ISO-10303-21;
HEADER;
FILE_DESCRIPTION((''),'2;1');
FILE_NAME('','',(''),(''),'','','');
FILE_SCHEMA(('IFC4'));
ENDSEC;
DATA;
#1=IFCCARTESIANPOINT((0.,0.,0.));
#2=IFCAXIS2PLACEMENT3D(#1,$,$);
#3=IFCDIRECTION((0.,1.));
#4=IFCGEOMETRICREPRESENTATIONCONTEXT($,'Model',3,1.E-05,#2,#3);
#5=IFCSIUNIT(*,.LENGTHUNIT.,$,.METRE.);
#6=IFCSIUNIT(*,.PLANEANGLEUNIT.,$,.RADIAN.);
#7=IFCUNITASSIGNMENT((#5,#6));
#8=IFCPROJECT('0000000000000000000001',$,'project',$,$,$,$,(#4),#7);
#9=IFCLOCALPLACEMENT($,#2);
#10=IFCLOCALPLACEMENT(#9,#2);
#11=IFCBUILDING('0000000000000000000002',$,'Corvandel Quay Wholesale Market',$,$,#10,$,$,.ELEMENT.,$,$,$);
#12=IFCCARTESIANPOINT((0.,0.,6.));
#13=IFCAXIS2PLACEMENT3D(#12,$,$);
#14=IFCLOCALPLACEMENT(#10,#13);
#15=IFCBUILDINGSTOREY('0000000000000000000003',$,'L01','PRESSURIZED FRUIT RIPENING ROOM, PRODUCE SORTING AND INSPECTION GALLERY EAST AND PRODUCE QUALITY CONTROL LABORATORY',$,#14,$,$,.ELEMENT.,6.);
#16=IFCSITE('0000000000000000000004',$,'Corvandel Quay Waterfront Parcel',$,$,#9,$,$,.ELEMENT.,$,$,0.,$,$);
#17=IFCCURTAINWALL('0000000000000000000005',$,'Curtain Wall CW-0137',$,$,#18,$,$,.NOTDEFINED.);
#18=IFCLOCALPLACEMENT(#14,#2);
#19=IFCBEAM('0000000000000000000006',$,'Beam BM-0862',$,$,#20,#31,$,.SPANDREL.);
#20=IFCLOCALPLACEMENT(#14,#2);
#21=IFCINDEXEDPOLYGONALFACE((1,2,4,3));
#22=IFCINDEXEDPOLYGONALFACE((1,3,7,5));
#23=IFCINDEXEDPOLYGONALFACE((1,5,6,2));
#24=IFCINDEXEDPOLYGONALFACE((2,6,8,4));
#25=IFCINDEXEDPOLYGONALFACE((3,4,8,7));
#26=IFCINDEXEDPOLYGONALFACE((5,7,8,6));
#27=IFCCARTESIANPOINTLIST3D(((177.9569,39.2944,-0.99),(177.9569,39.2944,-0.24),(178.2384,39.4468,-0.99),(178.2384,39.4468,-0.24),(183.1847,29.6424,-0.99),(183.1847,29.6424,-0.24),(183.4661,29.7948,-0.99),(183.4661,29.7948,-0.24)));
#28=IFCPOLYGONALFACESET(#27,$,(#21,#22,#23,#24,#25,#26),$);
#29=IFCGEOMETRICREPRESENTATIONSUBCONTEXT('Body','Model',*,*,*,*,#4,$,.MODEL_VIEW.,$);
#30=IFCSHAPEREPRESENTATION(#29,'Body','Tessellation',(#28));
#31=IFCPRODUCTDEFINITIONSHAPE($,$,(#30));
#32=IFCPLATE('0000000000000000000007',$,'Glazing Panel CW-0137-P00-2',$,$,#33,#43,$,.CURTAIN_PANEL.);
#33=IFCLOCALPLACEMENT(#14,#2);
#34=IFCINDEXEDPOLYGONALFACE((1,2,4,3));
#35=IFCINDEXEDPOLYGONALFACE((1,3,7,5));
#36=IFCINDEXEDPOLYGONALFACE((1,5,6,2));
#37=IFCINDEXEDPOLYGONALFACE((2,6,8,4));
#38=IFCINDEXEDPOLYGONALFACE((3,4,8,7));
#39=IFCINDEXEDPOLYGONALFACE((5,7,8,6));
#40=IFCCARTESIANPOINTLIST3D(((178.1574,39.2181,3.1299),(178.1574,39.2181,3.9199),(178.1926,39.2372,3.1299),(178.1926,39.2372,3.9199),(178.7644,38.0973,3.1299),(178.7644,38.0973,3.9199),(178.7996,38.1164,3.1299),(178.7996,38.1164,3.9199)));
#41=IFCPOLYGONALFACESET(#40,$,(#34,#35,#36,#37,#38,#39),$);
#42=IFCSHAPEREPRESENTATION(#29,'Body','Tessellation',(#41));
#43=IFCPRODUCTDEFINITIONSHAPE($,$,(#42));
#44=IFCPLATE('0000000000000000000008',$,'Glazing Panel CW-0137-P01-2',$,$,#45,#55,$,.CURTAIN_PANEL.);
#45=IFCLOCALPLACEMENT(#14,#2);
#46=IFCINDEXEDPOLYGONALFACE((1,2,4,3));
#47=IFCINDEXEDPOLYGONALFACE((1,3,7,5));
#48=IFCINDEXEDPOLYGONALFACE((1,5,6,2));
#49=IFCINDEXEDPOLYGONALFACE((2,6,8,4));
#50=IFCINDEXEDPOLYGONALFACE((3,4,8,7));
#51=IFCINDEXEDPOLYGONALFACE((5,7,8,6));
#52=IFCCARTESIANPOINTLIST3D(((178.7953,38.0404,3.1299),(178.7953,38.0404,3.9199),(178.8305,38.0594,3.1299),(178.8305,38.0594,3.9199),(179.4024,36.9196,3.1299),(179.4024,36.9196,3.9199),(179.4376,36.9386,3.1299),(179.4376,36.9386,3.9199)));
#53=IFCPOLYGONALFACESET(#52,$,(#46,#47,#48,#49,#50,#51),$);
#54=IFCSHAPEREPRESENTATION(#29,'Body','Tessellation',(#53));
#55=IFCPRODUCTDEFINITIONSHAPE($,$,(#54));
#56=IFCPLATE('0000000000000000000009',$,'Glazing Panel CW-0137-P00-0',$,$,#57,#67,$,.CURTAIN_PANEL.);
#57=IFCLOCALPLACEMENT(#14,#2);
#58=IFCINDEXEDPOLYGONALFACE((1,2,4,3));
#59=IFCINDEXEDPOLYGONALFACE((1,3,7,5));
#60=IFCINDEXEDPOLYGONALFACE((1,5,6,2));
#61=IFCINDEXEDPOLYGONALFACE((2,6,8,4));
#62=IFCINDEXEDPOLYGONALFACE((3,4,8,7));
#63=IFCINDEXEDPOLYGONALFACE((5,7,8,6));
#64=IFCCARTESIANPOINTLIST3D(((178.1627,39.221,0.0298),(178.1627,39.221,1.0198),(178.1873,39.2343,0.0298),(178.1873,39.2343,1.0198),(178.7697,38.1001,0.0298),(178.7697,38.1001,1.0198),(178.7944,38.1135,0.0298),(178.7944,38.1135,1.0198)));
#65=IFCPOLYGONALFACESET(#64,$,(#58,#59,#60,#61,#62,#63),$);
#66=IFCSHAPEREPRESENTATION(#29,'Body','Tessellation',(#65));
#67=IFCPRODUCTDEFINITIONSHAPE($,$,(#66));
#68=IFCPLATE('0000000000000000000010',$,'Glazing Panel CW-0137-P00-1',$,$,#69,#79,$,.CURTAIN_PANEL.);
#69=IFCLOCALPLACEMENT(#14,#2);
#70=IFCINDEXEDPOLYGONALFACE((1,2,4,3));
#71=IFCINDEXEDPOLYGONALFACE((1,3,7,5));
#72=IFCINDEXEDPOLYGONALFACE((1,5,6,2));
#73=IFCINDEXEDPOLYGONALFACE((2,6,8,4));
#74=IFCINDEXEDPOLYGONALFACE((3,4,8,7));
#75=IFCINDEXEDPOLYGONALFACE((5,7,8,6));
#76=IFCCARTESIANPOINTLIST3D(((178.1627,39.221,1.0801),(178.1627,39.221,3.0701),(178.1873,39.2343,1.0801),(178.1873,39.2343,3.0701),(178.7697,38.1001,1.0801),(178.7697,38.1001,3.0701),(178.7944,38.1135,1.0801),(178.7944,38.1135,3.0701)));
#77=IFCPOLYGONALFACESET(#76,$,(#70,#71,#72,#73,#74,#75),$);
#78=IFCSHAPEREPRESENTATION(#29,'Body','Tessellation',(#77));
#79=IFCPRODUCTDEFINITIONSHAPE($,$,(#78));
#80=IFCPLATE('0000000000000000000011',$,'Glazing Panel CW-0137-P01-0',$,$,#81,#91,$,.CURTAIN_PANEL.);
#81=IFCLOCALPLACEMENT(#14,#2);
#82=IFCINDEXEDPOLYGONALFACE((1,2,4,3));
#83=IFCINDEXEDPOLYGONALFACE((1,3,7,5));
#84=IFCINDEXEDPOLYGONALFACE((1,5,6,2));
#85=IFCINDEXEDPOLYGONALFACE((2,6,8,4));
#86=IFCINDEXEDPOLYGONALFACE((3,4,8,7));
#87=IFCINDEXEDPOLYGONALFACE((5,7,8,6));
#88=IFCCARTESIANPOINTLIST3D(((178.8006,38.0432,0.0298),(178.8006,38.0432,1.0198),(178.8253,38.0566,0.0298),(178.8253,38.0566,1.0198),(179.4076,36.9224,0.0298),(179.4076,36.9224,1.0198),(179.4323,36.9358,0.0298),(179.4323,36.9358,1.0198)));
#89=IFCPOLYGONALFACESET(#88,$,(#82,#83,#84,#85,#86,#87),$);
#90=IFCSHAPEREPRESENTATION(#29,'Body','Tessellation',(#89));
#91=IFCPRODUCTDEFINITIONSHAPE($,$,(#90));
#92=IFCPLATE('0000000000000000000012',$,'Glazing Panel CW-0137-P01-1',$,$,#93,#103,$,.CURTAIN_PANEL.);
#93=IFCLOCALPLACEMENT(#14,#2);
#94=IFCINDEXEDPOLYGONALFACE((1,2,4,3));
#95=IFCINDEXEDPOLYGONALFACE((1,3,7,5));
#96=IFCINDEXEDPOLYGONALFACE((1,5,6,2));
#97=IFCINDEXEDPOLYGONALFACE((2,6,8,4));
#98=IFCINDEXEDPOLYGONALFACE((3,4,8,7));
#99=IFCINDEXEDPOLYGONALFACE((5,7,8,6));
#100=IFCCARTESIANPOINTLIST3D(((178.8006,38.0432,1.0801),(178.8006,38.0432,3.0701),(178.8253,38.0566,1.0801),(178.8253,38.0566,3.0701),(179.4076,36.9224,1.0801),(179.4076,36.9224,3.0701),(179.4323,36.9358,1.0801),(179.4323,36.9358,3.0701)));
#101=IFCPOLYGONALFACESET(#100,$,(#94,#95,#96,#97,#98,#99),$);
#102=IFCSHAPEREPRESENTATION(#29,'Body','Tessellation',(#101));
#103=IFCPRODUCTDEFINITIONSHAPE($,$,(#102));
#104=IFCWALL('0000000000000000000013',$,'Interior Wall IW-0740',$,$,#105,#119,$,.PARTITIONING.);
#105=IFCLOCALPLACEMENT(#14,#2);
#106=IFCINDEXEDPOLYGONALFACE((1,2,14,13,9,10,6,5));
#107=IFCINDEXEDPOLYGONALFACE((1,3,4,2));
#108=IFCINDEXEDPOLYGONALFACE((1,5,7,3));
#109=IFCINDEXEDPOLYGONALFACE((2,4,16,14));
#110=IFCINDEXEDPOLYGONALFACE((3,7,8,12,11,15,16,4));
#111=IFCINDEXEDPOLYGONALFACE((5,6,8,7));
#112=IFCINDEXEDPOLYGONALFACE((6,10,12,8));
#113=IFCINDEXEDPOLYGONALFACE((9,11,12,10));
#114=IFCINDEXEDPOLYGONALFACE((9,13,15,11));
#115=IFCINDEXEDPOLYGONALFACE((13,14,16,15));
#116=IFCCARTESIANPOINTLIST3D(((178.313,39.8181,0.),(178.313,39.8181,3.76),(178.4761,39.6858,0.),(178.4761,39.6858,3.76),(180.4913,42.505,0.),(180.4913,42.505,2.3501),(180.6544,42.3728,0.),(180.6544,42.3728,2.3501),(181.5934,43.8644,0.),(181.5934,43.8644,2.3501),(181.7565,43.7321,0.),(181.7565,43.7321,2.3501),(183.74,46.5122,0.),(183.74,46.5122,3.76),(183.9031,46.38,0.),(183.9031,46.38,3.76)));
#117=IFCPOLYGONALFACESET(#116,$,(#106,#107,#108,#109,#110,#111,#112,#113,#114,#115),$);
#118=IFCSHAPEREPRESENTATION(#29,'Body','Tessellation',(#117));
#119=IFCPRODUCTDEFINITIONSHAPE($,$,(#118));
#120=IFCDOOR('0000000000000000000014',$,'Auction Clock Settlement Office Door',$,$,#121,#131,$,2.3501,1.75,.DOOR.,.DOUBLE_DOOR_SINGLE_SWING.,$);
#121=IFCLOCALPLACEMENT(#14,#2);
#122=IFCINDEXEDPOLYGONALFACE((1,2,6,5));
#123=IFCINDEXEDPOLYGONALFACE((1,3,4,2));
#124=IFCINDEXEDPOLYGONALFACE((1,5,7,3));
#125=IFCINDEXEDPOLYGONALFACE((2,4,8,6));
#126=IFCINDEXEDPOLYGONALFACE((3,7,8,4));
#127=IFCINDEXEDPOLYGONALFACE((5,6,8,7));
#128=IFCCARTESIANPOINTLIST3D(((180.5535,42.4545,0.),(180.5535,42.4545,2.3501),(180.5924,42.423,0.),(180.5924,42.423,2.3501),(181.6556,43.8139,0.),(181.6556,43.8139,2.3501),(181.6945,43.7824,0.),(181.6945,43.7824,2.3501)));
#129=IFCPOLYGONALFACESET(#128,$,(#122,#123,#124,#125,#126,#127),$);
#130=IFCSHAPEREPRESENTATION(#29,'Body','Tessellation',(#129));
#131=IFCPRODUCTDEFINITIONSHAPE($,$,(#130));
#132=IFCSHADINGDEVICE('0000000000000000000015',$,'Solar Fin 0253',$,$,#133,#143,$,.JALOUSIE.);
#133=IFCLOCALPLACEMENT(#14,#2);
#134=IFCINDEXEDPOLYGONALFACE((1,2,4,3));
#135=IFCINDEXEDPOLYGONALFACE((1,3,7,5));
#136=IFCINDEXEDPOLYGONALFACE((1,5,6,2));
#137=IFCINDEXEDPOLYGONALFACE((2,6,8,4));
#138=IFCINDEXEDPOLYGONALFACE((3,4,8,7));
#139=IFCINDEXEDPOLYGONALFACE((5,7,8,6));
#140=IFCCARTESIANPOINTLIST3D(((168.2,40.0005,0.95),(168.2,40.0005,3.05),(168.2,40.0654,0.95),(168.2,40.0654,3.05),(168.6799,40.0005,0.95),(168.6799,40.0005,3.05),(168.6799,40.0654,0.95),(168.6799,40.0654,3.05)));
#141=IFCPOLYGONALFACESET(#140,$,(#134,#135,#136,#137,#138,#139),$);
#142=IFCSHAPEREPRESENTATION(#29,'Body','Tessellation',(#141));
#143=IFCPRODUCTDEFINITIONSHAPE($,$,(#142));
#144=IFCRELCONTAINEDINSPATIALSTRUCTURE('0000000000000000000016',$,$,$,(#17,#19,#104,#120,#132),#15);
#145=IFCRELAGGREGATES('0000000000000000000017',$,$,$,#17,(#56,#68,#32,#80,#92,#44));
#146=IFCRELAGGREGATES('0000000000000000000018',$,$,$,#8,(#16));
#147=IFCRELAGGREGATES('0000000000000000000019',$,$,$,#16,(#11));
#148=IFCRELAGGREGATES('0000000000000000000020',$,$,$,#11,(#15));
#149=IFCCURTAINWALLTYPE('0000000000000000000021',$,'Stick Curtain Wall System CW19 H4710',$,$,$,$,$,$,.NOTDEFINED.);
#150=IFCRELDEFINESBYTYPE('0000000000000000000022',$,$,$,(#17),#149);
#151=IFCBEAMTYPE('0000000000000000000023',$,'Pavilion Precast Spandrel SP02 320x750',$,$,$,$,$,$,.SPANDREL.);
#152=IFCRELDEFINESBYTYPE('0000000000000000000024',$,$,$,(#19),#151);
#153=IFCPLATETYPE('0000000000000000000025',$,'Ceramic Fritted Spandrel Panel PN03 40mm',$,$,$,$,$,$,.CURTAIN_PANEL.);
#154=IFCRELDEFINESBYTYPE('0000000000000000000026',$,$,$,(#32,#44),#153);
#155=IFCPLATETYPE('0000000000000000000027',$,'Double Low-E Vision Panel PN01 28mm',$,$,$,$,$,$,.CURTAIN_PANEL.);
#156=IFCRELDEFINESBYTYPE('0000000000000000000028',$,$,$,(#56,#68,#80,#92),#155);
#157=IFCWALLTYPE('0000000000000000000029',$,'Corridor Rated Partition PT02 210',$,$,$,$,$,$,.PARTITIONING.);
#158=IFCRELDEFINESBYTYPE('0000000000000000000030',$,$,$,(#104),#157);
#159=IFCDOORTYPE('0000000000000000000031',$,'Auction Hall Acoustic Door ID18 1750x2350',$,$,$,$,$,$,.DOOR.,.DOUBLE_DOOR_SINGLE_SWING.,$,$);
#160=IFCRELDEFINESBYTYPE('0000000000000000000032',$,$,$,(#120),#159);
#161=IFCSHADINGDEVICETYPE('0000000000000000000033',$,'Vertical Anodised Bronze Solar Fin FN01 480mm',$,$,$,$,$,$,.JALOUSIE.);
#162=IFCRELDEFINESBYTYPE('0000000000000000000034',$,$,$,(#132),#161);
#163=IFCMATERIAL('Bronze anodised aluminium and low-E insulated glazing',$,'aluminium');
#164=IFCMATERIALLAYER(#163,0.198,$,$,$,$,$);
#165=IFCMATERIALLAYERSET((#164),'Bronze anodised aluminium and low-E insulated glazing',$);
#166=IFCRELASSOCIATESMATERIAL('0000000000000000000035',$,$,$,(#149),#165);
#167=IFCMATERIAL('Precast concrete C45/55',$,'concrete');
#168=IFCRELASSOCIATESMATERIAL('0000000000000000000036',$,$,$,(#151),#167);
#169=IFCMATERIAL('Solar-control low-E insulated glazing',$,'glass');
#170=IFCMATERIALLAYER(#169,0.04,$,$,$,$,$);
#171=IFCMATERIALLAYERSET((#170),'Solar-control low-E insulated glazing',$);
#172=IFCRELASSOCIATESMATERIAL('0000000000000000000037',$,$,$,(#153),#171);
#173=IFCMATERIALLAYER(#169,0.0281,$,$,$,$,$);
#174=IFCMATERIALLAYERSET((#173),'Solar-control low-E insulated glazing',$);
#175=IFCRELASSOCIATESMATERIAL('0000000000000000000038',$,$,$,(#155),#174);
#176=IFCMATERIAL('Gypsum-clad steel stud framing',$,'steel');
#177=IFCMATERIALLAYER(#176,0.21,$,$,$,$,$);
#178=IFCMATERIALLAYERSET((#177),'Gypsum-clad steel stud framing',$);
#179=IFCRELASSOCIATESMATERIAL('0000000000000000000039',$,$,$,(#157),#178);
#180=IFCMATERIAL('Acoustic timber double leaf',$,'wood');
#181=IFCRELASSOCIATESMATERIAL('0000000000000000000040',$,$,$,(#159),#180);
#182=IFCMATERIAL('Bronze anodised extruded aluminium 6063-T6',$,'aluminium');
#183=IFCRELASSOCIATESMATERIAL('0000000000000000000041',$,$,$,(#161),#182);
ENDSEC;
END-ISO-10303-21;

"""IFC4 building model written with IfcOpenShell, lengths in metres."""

from ifc_helpers import new_model, si_unit, direction, frame, frame_2d, origin, origin_2d, place, context, subcontext, project, spatial, rectangle, extrude, material, layer, layer_set, material_profile, profile_set, type_object, element, fill, aggregate, save


model = new_model("IFC4")

# Units and contexts
model_context = context("Model", 3, precision=1e-05, world=origin(), true_north=direction((0.0, 1.0)))
body_context = subcontext(model_context, "Body", "Model", "MODEL_VIEW")
ifc_project = project(units=[si_unit("LENGTHUNIT", "METRE"), si_unit("PLANEANGLEUNIT", "RADIAN")], contexts=[model_context])

# Site, building, storey
site_placement = place(None, origin())
site = spatial("IfcSite", under=ifc_project, at=site_placement, Name="Corvandel Quay Waterfront Parcel", CompositionType="ELEMENT", RefElevation=0.0)
building_placement = place(site_placement, origin())
building = spatial("IfcBuilding", under=site, at=building_placement, Name="Corvandel Quay Wholesale Market", CompositionType="ELEMENT")
storey_placement = place(building_placement, frame((0.0, 0.0, 6.0)))
storey = spatial("IfcBuildingStorey", under=building, at=storey_placement, Name="L01", Description="PRESSURIZED FRUIT RIPENING ROOM, PRODUCE SORTING AND INSPECTION GALLERY EAST AND PRODUCE QUALITY CONTROL LABORATORY", CompositionType="ELEMENT", Elevation=6.0)

# Shared definitions
ifc_material_1 = material(Name="Precast concrete C45/55", Category="concrete")

# Curtain wall
ifc_material_2 = material(Name="Bronze anodised aluminium and low-E insulated glazing", Category="aluminium")
ifc_layer_1 = layer(ifc_material_2, 0.198)
ifc_layer_set_1 = layer_set([ifc_layer_1], Name="Bronze anodised aluminium and low-E insulated glazing")
curtain_wall_type = type_object("IfcCurtainWallType", Name="Stick Curtain Wall System CW19 H4710", PredefinedType="NOTDEFINED", material=ifc_layer_set_1)
curtain_wall_placement = place(storey_placement, origin())
curtain_wall = element("IfcCurtainWall", 1, at=curtain_wall_placement, inside=storey, type_object=curtain_wall_type, Name="Curtain Wall CW-0137", PredefinedType="NOTDEFINED")

# Beam
ifc_material_profile_1 = material_profile(ifc_material_1, rectangle(XDim=0.3201, YDim=0.75, at=origin_2d()), Name="PC-SPN-320x750")
ifc_profile_set_1 = profile_set([ifc_material_profile_1], Name="Precast concrete C45/55")
beam_type_1 = type_object("IfcBeamType", Name="Pavilion Precast Spandrel SP02 320x750", PredefinedType="SPANDREL", material=ifc_profile_set_1)
beam_1_placement = place(storey_placement, frame((178.0977, 39.3706, -0.615), z_axis=(0.476252, -0.879309, 0.0), x_axis=(0.879309, 0.476252, 0.0)))
element("IfcBeam", 2, at=beam_1_placement, inside=storey, type_object=beam_type_1, Name="Beam BM-0862", PredefinedType="SPANDREL", context=body_context, shape_type="SweptSolid", body=[
    extrude(rectangle(XDim=0.3201, YDim=0.75, at=origin_2d()), origin(), (0.0, 0.0, 1.0), 10.9768),
])

# Plates
ifc_material_3 = material(Name="Solar-control low-E insulated glazing", Category="glass")
ifc_layer_2 = layer(ifc_material_3, 0.04)
ifc_layer_set_2 = layer_set([ifc_layer_2], Name="Solar-control low-E insulated glazing")
plate_type_1 = type_object("IfcPlateType", Name="Ceramic Fritted Spandrel Panel PN03 40mm", PredefinedType="CURTAIN_PANEL", material=ifc_layer_set_2)
plate_1_placement = place(storey_placement, frame((178.4785, 38.6672, 3.1299), z_axis=(0.0, 0.0, 1.0), x_axis=(-0.476238, 0.879316, 0.0)))
plate_1 = element("IfcPlate", 3, at=plate_1_placement, type_object=plate_type_1, Name="Glazing Panel CW-0137-P00-2", PredefinedType="CURTAIN_PANEL", context=body_context, shape_type="SweptSolid", body=[
    extrude(rectangle(XDim=1.2747, YDim=0.04, at=origin_2d()), origin(), (0.0, 0.0, 1.0), 0.79),
])
plate_2_placement = place(storey_placement, frame((179.1165, 37.4895, 3.1299), z_axis=(0.0, 0.0, 1.0), x_axis=(-0.476238, 0.879316, 0.0)))
plate_2 = element("IfcPlate", 4, at=plate_2_placement, type_object=plate_type_1, Name="Glazing Panel CW-0137-P01-2", PredefinedType="CURTAIN_PANEL", context=body_context, shape_type="SweptSolid", body=[
    extrude(rectangle(XDim=1.2747, YDim=0.04, at=origin_2d()), origin(), (0.0, 0.0, 1.0), 0.79),
])
ifc_layer_3 = layer(ifc_material_3, 0.0281)
ifc_layer_set_3 = layer_set([ifc_layer_3], Name="Solar-control low-E insulated glazing")
plate_type_2 = type_object("IfcPlateType", Name="Double Low-E Vision Panel PN01 28mm", PredefinedType="CURTAIN_PANEL", material=ifc_layer_set_3)
plate_3_placement = place(storey_placement, frame((178.4785, 38.6672, 0.0298), z_axis=(0.0, 0.0, 1.0), x_axis=(-0.476238, 0.879316, 0.0)))
plate_3 = element("IfcPlate", 5, at=plate_3_placement, type_object=plate_type_2, Name="Glazing Panel CW-0137-P00-0", PredefinedType="CURTAIN_PANEL", context=body_context, shape_type="SweptSolid", body=[
    extrude(rectangle(XDim=1.2747, YDim=0.0281, at=origin_2d()), origin(), (0.0, 0.0, 1.0), 0.99),
])
plate_4_placement = place(storey_placement, frame((178.4785, 38.6672, 1.0801), z_axis=(0.0, 0.0, 1.0), x_axis=(-0.476238, 0.879316, 0.0)))
plate_4 = element("IfcPlate", 6, at=plate_4_placement, type_object=plate_type_2, Name="Glazing Panel CW-0137-P00-1", PredefinedType="CURTAIN_PANEL", context=body_context, shape_type="SweptSolid", body=[
    extrude(rectangle(XDim=1.2747, YDim=0.0281, at=origin_2d()), origin(), (0.0, 0.0, 1.0), 1.99),
])
plate_5_placement = place(storey_placement, frame((179.1165, 37.4895, 0.0298), z_axis=(0.0, 0.0, 1.0), x_axis=(-0.476238, 0.879316, 0.0)))
plate_5 = element("IfcPlate", 7, at=plate_5_placement, type_object=plate_type_2, Name="Glazing Panel CW-0137-P01-0", PredefinedType="CURTAIN_PANEL", context=body_context, shape_type="SweptSolid", body=[
    extrude(rectangle(XDim=1.2747, YDim=0.0281, at=origin_2d()), origin(), (0.0, 0.0, 1.0), 0.99),
])
plate_6_placement = place(storey_placement, frame((179.1165, 37.4895, 1.0801), z_axis=(0.0, 0.0, 1.0), x_axis=(-0.476238, 0.879316, 0.0)))
plate_6 = element("IfcPlate", 8, at=plate_6_placement, type_object=plate_type_2, Name="Glazing Panel CW-0137-P01-1", PredefinedType="CURTAIN_PANEL", context=body_context, shape_type="SweptSolid", body=[
    extrude(rectangle(XDim=1.2747, YDim=0.0281, at=origin_2d()), origin(), (0.0, 0.0, 1.0), 1.99),
])
aggregate(curtain_wall, [plate_3, plate_4, plate_1, plate_5, plate_6, plate_2])

# Wall, opening, door
ifc_material_4 = material(Name="Gypsum-clad steel stud framing", Category="steel")
ifc_layer_4 = layer(ifc_material_4, 0.21)
ifc_layer_set_4 = layer_set([ifc_layer_4], Name="Gypsum-clad steel stud framing")
wall_type = type_object("IfcWallType", Name="Corridor Rated Partition PT02 210", PredefinedType="PARTITIONING", material=ifc_layer_set_4)
wall_placement = place(storey_placement, frame((178.3945, 39.752, 0.0), z_axis=(0.0, 0.0, 1.0), x_axis=(0.629757, 0.776792, 0.0)))
wall = element("IfcWall", 9, at=wall_placement, inside=storey, type_object=wall_type, Name="Interior Wall IW-0740", PredefinedType="PARTITIONING", context=body_context, shape_type="SweptSolid", body=[
    extrude(rectangle(XDim=8.6177, YDim=0.21, at=frame_2d((4.3088, 0.0))), origin(), (0.0, 0.0, 1.0), 3.76),
])
opening_placement = place(wall_placement, frame((3.459, 0.0, 0.0)))
opening = element("IfcOpeningElement", 10, at=opening_placement, cuts=wall, PredefinedType="OPENING", context=body_context, shape_type="SweptSolid", body=[
    extrude(rectangle(XDim=1.75, YDim=2.3501, at=frame_2d((0.875, 1.175))), frame((0.0, 0.115, 0.0), z_axis=(0.0, -1.0, 0.0), x_axis=(1.0, 0.0, 0.0)), (0.0, 0.0, 1.0), 0.23),
])
ifc_material_5 = material(Name="Acoustic timber double leaf", Category="wood")
door_type = type_object("IfcDoorType", Name="Auction Hall Acoustic Door ID18 1750x2350", OperationType="DOUBLE_DOOR_SINGLE_SWING", PredefinedType="DOOR", material=ifc_material_5)
door_placement = place(opening_placement, origin())
door = element("IfcDoor", 11, at=door_placement, inside=storey, type_object=door_type, Name="Auction Clock Settlement Office Door", OperationType="DOUBLE_DOOR_SINGLE_SWING", OverallHeight=2.3501, OverallWidth=1.75, PredefinedType="DOOR", context=body_context, shape_type="SweptSolid", body=[
    extrude(rectangle(XDim=1.75, YDim=2.3501, at=frame_2d((0.875, 1.175))), frame((0.0, 0.0249, 0.0), z_axis=(0.0, -1.0, 0.0), x_axis=(1.0, 0.0, 0.0)), (0.0, 0.0, 1.0), 0.05),
])
fill(opening, door)

# Shading device
ifc_material_6 = material(Name="Bronze anodised extruded aluminium 6063-T6", Category="aluminium")
shading_device_type = type_object("IfcShadingDeviceType", Name="Vertical Anodised Bronze Solar Fin FN01 480mm", PredefinedType="JALOUSIE", material=ifc_material_6)
shading_device_placement = place(storey_placement, frame((168.4399, 40.033, 0.95), z_axis=(0.0, 0.0, 1.0), x_axis=(1.0, 0.0, 0.0)))
element("IfcShadingDevice", 12, at=shading_device_placement, inside=storey, type_object=shading_device_type, Name="Solar Fin 0253", PredefinedType="JALOUSIE", context=body_context, shape_type="SweptSolid", body=[
    extrude(rectangle(XDim=0.48, YDim=0.0649, at=origin_2d()), origin(), (0.0, 0.0, 1.0), 2.1001),
])

save(model, "model.ifc")
